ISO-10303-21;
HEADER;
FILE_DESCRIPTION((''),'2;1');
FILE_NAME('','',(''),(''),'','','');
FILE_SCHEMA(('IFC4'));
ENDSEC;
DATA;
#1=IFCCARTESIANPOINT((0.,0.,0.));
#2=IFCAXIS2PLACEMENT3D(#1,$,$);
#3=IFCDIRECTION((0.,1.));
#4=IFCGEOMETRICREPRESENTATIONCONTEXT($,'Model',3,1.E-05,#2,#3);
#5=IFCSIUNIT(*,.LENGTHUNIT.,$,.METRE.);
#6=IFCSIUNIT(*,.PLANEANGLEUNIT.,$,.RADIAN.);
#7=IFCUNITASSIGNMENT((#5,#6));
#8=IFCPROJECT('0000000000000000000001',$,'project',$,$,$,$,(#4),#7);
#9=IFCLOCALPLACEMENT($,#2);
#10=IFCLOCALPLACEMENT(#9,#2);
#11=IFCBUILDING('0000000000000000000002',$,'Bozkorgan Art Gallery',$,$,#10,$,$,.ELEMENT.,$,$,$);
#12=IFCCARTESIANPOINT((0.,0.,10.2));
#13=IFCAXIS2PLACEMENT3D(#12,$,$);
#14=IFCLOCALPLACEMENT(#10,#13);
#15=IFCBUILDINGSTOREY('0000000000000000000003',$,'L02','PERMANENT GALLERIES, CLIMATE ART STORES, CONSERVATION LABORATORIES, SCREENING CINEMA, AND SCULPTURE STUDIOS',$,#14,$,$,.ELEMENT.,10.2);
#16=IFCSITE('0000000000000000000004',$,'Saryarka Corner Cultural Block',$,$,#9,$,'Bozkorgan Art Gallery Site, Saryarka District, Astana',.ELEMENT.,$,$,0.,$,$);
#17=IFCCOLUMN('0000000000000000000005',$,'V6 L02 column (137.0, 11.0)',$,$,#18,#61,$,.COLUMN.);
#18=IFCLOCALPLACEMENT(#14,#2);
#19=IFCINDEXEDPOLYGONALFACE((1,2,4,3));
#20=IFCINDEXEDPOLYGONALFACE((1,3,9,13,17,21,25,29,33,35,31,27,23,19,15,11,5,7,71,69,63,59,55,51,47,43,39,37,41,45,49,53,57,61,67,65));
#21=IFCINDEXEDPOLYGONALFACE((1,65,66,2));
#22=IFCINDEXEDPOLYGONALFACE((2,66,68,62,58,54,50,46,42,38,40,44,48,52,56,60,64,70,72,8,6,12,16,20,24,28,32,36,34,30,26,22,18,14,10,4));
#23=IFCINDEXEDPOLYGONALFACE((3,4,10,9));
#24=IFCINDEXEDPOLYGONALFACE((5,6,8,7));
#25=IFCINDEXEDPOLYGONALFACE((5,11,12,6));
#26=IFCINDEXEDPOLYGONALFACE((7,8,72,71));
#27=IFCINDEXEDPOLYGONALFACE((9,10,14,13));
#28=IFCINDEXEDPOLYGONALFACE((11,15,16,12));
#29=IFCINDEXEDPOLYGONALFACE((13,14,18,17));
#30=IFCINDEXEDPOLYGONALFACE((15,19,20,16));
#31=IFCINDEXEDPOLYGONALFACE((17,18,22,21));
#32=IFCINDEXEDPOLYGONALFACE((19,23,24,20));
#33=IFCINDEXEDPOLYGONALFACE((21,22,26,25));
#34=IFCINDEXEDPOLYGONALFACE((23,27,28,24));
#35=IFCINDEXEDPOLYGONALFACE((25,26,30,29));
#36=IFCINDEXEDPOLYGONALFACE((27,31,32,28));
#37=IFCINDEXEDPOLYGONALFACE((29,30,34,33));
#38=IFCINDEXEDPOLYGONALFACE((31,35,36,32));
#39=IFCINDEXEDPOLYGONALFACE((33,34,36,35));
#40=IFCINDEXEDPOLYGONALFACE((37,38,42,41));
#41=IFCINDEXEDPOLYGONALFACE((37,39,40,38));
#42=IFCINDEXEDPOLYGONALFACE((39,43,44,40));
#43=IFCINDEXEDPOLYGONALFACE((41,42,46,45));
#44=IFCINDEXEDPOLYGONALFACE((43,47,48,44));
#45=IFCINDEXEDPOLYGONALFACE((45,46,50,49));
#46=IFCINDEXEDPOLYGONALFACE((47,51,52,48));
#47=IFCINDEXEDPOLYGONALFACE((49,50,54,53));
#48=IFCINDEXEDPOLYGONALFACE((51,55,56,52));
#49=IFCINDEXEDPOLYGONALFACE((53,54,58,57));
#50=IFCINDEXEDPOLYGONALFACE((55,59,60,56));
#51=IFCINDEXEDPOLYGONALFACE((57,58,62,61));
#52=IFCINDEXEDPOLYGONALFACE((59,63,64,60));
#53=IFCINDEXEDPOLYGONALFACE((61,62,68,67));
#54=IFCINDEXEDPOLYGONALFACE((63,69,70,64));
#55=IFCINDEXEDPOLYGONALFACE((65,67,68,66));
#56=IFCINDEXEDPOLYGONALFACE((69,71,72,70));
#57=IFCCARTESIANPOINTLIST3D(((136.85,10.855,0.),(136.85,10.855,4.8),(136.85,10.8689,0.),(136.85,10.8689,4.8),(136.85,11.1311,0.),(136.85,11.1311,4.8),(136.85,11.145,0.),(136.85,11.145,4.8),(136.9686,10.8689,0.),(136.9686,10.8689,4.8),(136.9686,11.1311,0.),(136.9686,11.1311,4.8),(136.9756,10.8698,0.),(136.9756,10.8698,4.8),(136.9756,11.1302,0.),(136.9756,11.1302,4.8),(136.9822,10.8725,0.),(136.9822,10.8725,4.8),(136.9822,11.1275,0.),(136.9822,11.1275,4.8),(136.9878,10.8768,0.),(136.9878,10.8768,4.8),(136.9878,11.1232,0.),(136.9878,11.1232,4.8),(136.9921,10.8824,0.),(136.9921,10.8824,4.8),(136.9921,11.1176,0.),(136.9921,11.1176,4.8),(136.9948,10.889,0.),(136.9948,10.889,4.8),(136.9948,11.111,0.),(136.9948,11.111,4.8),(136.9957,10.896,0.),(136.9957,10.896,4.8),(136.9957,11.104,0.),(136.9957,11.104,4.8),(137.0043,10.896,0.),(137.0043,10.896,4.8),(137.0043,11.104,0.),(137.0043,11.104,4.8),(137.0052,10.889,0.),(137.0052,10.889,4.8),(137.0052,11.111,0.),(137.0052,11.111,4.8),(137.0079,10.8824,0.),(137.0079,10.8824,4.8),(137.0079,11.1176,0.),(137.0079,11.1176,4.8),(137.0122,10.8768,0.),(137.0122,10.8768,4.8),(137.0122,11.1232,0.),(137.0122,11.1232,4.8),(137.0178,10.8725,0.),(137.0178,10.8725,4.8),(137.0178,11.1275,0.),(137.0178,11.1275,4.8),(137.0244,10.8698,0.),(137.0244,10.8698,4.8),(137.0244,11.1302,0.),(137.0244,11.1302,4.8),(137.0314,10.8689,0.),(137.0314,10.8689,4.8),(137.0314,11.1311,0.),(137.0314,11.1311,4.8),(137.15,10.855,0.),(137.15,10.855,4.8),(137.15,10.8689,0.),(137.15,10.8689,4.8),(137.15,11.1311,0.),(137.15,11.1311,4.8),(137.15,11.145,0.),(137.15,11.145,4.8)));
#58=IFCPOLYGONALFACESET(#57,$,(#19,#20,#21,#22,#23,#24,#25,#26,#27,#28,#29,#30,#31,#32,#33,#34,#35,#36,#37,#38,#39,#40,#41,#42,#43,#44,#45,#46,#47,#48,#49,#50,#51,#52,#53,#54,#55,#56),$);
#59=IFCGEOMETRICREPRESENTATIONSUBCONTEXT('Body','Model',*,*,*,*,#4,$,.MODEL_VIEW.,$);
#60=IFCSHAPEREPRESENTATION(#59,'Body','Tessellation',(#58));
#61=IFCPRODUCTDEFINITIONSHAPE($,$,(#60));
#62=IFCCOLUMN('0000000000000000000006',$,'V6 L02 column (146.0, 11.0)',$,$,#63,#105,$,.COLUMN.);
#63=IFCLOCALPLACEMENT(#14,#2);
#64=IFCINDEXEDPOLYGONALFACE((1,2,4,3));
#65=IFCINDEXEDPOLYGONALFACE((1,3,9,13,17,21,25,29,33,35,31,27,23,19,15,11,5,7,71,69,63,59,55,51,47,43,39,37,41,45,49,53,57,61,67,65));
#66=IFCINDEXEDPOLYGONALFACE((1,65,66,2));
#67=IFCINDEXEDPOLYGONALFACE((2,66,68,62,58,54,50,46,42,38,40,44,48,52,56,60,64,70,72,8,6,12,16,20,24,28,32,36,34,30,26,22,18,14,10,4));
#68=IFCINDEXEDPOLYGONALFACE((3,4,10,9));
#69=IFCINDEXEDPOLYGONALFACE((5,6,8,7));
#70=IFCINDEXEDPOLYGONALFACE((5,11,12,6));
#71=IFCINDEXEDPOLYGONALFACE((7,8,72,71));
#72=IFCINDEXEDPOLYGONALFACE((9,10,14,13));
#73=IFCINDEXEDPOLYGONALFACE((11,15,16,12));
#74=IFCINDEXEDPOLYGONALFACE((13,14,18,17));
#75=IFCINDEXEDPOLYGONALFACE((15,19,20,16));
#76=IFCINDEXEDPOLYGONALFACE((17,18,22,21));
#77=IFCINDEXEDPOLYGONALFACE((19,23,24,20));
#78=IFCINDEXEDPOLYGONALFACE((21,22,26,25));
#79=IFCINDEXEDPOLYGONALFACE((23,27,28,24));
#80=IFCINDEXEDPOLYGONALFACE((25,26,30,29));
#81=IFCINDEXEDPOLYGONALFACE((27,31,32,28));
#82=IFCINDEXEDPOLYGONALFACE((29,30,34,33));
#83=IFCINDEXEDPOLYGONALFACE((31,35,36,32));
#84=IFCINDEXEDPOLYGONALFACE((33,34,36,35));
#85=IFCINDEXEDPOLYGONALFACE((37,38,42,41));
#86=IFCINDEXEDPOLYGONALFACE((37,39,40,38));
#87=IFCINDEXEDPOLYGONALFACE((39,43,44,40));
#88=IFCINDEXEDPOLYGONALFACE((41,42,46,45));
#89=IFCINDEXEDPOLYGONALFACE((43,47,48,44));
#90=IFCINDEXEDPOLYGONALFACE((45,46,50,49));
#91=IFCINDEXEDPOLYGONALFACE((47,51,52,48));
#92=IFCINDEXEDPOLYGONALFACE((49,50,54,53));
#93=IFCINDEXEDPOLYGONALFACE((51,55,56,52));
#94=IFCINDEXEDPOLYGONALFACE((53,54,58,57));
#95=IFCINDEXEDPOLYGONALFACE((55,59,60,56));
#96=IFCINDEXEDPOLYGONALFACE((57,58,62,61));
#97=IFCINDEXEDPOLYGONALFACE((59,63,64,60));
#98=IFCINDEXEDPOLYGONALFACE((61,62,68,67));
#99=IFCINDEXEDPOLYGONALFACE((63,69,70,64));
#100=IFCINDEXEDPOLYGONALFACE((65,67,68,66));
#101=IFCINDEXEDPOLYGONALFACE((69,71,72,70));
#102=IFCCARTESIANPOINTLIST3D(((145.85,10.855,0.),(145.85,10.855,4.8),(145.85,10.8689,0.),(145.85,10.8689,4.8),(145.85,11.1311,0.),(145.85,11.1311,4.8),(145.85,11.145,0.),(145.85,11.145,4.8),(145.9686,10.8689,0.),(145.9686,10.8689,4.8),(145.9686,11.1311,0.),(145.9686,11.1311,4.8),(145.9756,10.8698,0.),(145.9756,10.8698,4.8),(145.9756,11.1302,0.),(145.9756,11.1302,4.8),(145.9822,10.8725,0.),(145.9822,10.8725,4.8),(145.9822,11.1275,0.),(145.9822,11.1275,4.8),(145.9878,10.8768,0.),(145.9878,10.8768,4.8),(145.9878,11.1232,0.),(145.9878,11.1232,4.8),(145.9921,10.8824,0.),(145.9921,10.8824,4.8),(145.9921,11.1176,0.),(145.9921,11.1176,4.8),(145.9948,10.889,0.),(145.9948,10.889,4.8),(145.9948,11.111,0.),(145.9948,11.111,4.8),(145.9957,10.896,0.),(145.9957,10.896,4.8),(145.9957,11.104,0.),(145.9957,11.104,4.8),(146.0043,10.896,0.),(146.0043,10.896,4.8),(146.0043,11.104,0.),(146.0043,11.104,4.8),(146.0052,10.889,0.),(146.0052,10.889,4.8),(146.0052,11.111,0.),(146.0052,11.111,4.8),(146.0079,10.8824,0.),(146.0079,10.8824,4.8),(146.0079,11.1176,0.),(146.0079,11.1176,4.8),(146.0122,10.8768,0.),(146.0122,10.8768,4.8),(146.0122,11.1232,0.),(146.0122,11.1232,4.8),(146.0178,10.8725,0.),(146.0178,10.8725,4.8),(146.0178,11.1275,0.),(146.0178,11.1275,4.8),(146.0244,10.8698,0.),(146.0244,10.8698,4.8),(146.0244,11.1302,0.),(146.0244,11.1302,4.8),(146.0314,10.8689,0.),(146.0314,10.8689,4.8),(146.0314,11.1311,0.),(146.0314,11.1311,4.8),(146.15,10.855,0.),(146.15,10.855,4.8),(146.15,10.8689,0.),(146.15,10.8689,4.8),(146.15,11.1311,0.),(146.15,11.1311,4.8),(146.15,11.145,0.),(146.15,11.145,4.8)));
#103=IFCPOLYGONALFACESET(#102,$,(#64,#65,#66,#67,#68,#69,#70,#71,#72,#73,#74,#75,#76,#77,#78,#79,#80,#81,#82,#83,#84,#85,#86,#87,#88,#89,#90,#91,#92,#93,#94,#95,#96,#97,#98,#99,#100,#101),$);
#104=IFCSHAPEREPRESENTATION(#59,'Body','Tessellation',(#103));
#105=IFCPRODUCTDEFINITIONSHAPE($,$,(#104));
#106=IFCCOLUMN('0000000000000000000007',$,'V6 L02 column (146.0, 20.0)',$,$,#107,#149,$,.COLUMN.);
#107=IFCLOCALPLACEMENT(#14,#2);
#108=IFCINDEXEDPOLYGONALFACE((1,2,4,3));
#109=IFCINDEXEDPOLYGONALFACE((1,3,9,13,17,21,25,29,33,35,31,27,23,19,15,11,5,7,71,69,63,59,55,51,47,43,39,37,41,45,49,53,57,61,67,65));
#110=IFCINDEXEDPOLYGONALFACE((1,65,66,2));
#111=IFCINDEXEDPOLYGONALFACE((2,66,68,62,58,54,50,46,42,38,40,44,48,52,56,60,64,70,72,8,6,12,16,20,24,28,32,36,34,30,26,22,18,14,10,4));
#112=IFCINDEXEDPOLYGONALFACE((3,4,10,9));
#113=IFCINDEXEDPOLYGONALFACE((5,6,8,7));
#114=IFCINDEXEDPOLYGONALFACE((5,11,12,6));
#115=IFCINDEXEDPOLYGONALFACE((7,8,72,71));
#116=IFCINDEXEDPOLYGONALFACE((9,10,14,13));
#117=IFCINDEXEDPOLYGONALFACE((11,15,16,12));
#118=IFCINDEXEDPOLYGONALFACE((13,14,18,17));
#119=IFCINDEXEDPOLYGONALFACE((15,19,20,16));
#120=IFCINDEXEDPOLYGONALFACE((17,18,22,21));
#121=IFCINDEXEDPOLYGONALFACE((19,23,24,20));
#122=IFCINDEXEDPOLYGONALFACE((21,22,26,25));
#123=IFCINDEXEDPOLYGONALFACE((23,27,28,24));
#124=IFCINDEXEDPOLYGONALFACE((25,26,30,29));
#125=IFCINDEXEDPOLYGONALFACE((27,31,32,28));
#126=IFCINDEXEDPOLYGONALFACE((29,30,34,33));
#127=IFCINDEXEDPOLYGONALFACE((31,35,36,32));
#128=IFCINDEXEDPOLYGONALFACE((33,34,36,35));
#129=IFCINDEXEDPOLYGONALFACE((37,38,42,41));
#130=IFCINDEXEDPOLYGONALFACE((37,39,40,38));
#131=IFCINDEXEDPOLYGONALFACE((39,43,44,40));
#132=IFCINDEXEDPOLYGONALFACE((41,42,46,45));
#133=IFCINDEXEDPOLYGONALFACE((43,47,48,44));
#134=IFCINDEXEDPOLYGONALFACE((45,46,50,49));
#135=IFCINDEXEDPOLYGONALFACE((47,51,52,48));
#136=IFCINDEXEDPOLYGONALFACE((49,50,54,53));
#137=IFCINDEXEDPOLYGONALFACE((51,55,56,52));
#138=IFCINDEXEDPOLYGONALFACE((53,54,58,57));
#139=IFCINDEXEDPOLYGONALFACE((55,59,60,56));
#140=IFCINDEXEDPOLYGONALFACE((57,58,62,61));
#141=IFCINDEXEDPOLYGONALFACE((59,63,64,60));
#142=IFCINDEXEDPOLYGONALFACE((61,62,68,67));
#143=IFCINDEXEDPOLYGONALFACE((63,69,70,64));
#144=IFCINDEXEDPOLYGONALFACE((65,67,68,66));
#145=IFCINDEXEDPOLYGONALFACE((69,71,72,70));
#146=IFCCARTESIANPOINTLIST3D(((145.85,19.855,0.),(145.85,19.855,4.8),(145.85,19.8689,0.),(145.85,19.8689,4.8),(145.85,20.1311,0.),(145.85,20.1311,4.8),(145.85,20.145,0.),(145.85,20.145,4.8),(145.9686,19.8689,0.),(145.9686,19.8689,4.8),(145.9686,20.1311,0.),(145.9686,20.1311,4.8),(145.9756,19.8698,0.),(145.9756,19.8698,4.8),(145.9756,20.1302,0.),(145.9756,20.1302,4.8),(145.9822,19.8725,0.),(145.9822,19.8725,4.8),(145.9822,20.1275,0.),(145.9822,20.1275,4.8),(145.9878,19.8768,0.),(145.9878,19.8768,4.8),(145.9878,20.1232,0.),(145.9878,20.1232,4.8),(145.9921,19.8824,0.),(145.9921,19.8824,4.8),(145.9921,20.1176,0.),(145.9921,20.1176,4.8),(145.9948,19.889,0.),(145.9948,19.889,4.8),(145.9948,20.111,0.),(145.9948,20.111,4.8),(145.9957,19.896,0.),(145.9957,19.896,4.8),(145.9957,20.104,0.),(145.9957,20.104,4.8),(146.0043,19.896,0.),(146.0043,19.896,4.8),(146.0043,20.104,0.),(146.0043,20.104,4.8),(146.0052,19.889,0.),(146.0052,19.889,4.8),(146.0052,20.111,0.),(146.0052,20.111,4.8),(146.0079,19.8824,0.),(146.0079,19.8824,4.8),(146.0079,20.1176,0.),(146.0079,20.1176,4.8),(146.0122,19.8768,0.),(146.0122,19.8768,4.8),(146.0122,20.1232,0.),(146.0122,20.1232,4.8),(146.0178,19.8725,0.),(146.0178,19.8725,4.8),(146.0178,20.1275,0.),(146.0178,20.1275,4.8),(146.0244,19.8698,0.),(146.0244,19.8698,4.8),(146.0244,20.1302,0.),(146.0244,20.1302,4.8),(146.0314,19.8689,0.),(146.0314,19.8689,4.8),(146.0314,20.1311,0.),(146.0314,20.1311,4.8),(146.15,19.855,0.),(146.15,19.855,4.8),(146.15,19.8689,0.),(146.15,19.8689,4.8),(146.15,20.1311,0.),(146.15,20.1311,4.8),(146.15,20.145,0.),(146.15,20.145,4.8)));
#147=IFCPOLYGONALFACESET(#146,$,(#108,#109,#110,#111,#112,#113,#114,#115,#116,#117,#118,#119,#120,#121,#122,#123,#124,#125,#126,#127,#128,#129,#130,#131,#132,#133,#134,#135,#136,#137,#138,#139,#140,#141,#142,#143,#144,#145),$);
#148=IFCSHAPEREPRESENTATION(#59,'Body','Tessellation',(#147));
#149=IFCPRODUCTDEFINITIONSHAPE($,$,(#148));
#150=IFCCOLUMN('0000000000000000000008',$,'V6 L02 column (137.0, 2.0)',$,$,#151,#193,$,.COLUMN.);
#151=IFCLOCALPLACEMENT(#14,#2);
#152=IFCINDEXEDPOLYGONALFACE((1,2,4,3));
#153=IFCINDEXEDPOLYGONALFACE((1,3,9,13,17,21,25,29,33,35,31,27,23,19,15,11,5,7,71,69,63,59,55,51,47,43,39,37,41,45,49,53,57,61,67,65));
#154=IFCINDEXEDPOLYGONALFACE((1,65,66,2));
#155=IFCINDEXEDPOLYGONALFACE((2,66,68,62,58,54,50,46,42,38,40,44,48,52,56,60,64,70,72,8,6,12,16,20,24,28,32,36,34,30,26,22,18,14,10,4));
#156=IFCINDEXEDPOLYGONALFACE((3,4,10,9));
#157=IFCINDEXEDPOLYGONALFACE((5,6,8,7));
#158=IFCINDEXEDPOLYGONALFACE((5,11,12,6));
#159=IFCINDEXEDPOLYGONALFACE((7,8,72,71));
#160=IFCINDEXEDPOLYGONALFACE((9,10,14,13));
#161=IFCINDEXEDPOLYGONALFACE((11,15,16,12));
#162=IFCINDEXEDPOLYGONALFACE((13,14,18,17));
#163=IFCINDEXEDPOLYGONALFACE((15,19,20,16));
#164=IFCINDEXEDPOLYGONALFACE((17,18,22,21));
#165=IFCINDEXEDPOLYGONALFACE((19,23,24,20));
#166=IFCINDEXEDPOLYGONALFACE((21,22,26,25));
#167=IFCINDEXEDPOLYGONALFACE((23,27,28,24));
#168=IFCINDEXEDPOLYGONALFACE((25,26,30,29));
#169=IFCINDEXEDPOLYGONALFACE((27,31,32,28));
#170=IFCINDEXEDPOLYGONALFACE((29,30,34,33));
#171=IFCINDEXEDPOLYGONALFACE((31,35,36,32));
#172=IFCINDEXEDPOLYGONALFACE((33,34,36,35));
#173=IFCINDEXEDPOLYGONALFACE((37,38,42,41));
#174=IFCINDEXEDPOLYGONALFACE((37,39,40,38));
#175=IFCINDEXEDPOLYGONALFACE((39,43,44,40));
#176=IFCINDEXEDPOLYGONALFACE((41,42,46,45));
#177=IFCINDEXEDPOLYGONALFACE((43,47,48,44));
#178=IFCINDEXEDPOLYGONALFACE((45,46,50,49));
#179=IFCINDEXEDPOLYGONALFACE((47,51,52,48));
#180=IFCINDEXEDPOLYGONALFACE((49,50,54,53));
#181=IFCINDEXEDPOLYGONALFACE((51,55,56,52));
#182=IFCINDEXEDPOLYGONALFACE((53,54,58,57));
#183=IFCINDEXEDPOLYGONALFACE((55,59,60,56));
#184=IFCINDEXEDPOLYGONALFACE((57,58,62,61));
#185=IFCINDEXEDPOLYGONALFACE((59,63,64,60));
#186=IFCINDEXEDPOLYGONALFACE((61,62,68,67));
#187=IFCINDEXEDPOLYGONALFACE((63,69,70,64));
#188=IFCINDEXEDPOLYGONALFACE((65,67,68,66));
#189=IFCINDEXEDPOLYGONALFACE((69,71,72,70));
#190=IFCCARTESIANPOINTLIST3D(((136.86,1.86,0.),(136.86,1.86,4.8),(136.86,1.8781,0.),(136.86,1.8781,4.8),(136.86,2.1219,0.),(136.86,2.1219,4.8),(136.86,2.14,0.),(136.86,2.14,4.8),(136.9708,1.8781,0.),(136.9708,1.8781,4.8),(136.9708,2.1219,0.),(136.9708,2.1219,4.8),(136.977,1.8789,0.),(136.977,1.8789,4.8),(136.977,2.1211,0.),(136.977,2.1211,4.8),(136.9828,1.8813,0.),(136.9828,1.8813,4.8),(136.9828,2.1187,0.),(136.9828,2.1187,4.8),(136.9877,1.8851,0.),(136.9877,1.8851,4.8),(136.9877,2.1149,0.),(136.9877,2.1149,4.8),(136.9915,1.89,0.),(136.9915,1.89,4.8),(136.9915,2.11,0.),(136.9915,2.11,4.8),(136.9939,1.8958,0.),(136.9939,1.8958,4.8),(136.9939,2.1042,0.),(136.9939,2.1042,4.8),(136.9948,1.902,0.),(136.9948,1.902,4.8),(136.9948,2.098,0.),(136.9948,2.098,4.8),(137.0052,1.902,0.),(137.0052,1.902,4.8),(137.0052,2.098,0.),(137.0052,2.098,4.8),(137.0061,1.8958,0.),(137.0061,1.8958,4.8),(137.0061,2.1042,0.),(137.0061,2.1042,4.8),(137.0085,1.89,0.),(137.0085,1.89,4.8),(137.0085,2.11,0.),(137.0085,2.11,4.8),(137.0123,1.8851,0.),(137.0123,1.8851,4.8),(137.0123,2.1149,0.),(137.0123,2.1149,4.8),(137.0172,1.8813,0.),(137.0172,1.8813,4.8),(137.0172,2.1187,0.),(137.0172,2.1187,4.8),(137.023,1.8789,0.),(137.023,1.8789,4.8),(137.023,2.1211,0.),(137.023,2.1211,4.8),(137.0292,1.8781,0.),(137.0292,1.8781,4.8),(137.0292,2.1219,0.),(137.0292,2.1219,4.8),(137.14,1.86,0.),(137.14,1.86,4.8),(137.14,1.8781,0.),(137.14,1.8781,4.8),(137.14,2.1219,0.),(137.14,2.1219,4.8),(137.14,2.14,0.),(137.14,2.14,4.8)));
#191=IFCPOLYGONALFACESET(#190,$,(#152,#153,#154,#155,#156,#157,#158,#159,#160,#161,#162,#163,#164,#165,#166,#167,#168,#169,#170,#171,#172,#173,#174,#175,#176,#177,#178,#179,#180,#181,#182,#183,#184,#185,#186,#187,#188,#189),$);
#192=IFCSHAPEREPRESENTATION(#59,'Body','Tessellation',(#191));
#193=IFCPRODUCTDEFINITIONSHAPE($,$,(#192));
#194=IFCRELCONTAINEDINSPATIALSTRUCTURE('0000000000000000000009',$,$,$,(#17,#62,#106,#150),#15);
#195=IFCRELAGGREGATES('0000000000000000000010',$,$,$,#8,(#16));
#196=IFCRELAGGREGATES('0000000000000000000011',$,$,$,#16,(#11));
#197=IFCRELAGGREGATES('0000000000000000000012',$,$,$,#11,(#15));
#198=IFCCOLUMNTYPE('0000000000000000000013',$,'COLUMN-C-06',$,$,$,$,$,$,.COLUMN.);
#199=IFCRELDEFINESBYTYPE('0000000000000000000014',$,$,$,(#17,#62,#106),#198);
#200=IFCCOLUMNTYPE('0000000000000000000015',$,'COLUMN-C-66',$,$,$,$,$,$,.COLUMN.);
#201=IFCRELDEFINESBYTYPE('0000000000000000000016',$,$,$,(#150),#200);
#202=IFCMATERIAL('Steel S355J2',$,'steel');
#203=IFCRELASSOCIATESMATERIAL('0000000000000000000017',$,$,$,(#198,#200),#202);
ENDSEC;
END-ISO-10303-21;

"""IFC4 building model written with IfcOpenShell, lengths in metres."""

from ifc_helpers import new_model, si_unit, direction, frame, origin, origin_2d, place, context, subcontext, project, spatial, i_section, extrude, material, material_profile, profile_set, type_object, element, save


model = new_model("IFC4")

# Units and contexts
model_context = context("Model", 3, precision=1e-05, world=origin(), true_north=direction((0.0, 1.0)))
body_context = subcontext(model_context, "Body", "Model", "MODEL_VIEW")
ifc_project = project(units=[si_unit("LENGTHUNIT", "METRE"), si_unit("PLANEANGLEUNIT", "RADIAN")], contexts=[model_context])

# Site, building, storey
site_placement = place(None, origin())
site = spatial("IfcSite", under=ifc_project, at=site_placement, Name="Saryarka Corner Cultural Block", LongName="Bozkorgan Art Gallery Site, Saryarka District, Astana", CompositionType="ELEMENT", RefElevation=0.0)
building_placement = place(site_placement, origin())
building = spatial("IfcBuilding", under=site, at=building_placement, Name="Bozkorgan Art Gallery", CompositionType="ELEMENT")
storey_placement = place(building_placement, frame((0.0, 0.0, 10.2)))
storey = spatial("IfcBuildingStorey", under=building, at=storey_placement, Name="L02", Description="PERMANENT GALLERIES, CLIMATE ART STORES, CONSERVATION LABORATORIES, SCREENING CINEMA, AND SCULPTURE STUDIOS", CompositionType="ELEMENT", Elevation=10.2)

# Columns
ifc_material_1 = material(Name="Steel S355J2", Category="steel")
ifc_material_profile_1 = material_profile(ifc_material_1, i_section(OverallWidth=0.3, OverallDepth=0.29, WebThickness=0.0085, FlangeThickness=0.0139, FilletRadius=0.0271, at=origin_2d()), Name="HEA 300")
ifc_profile_set_1 = profile_set([ifc_material_profile_1], Name="Steel S355J2")
column_type_1 = type_object("IfcColumnType", Name="COLUMN-C-06", PredefinedType="COLUMN", material=ifc_profile_set_1)
for number, where, z_axis, x_axis, name in (
    (1, (137.0, 11.0, 0.0), (0.0, 0.0, 1.0), (1.0, 0.0, 0.0), "V6 L02 column (137.0, 11.0)"),
    (2, (146.0, 11.0, 0.0), (0.0, 0.0, 1.0), (1.0, 0.0, 0.0), "V6 L02 column (146.0, 11.0)"),
    (3, (146.0, 20.0, 0.0), (0.0, 0.0, 1.0), (1.0, 0.0, 0.0), "V6 L02 column (146.0, 20.0)"),
):
    element("IfcColumn", number, at=place(storey_placement, frame(where, z_axis=z_axis, x_axis=x_axis)), inside=storey, type_object=column_type_1, Name=name, PredefinedType="COLUMN", context=body_context, shape_type="SweptSolid", body=[
        extrude(i_section(OverallWidth=0.3, OverallDepth=0.29, WebThickness=0.0085, FlangeThickness=0.0139, FilletRadius=0.0271, at=origin_2d()), origin(), (0.0, 0.0, 1.0), 4.8),
    ])
ifc_material_profile_2 = material_profile(ifc_material_1, i_section(OverallWidth=0.28, OverallDepth=0.28, WebThickness=0.0105, FlangeThickness=0.0181, FilletRadius=0.0239, at=origin_2d()), Name="HEB 280")
ifc_profile_set_2 = profile_set([ifc_material_profile_2], Name="Steel S355J2")
column_type_2 = type_object("IfcColumnType", Name="COLUMN-C-66", PredefinedType="COLUMN", material=ifc_profile_set_2)
for number, where, z_axis, x_axis, name in (
    (4, (137.0, 2.0, 0.0), (0.0, 0.0, 1.0), (1.0, 0.0, 0.0), "V6 L02 column (137.0, 2.0)"),
):
    element("IfcColumn", number, at=place(storey_placement, frame(where, z_axis=z_axis, x_axis=x_axis)), inside=storey, type_object=column_type_2, Name=name, PredefinedType="COLUMN", context=body_context, shape_type="SweptSolid", body=[
        extrude(i_section(OverallWidth=0.28, OverallDepth=0.28, WebThickness=0.0105, FlangeThickness=0.0181, FilletRadius=0.0239, at=origin_2d()), origin(), (0.0, 0.0, 1.0), 4.8),
    ])

save(model, "model.ifc")
